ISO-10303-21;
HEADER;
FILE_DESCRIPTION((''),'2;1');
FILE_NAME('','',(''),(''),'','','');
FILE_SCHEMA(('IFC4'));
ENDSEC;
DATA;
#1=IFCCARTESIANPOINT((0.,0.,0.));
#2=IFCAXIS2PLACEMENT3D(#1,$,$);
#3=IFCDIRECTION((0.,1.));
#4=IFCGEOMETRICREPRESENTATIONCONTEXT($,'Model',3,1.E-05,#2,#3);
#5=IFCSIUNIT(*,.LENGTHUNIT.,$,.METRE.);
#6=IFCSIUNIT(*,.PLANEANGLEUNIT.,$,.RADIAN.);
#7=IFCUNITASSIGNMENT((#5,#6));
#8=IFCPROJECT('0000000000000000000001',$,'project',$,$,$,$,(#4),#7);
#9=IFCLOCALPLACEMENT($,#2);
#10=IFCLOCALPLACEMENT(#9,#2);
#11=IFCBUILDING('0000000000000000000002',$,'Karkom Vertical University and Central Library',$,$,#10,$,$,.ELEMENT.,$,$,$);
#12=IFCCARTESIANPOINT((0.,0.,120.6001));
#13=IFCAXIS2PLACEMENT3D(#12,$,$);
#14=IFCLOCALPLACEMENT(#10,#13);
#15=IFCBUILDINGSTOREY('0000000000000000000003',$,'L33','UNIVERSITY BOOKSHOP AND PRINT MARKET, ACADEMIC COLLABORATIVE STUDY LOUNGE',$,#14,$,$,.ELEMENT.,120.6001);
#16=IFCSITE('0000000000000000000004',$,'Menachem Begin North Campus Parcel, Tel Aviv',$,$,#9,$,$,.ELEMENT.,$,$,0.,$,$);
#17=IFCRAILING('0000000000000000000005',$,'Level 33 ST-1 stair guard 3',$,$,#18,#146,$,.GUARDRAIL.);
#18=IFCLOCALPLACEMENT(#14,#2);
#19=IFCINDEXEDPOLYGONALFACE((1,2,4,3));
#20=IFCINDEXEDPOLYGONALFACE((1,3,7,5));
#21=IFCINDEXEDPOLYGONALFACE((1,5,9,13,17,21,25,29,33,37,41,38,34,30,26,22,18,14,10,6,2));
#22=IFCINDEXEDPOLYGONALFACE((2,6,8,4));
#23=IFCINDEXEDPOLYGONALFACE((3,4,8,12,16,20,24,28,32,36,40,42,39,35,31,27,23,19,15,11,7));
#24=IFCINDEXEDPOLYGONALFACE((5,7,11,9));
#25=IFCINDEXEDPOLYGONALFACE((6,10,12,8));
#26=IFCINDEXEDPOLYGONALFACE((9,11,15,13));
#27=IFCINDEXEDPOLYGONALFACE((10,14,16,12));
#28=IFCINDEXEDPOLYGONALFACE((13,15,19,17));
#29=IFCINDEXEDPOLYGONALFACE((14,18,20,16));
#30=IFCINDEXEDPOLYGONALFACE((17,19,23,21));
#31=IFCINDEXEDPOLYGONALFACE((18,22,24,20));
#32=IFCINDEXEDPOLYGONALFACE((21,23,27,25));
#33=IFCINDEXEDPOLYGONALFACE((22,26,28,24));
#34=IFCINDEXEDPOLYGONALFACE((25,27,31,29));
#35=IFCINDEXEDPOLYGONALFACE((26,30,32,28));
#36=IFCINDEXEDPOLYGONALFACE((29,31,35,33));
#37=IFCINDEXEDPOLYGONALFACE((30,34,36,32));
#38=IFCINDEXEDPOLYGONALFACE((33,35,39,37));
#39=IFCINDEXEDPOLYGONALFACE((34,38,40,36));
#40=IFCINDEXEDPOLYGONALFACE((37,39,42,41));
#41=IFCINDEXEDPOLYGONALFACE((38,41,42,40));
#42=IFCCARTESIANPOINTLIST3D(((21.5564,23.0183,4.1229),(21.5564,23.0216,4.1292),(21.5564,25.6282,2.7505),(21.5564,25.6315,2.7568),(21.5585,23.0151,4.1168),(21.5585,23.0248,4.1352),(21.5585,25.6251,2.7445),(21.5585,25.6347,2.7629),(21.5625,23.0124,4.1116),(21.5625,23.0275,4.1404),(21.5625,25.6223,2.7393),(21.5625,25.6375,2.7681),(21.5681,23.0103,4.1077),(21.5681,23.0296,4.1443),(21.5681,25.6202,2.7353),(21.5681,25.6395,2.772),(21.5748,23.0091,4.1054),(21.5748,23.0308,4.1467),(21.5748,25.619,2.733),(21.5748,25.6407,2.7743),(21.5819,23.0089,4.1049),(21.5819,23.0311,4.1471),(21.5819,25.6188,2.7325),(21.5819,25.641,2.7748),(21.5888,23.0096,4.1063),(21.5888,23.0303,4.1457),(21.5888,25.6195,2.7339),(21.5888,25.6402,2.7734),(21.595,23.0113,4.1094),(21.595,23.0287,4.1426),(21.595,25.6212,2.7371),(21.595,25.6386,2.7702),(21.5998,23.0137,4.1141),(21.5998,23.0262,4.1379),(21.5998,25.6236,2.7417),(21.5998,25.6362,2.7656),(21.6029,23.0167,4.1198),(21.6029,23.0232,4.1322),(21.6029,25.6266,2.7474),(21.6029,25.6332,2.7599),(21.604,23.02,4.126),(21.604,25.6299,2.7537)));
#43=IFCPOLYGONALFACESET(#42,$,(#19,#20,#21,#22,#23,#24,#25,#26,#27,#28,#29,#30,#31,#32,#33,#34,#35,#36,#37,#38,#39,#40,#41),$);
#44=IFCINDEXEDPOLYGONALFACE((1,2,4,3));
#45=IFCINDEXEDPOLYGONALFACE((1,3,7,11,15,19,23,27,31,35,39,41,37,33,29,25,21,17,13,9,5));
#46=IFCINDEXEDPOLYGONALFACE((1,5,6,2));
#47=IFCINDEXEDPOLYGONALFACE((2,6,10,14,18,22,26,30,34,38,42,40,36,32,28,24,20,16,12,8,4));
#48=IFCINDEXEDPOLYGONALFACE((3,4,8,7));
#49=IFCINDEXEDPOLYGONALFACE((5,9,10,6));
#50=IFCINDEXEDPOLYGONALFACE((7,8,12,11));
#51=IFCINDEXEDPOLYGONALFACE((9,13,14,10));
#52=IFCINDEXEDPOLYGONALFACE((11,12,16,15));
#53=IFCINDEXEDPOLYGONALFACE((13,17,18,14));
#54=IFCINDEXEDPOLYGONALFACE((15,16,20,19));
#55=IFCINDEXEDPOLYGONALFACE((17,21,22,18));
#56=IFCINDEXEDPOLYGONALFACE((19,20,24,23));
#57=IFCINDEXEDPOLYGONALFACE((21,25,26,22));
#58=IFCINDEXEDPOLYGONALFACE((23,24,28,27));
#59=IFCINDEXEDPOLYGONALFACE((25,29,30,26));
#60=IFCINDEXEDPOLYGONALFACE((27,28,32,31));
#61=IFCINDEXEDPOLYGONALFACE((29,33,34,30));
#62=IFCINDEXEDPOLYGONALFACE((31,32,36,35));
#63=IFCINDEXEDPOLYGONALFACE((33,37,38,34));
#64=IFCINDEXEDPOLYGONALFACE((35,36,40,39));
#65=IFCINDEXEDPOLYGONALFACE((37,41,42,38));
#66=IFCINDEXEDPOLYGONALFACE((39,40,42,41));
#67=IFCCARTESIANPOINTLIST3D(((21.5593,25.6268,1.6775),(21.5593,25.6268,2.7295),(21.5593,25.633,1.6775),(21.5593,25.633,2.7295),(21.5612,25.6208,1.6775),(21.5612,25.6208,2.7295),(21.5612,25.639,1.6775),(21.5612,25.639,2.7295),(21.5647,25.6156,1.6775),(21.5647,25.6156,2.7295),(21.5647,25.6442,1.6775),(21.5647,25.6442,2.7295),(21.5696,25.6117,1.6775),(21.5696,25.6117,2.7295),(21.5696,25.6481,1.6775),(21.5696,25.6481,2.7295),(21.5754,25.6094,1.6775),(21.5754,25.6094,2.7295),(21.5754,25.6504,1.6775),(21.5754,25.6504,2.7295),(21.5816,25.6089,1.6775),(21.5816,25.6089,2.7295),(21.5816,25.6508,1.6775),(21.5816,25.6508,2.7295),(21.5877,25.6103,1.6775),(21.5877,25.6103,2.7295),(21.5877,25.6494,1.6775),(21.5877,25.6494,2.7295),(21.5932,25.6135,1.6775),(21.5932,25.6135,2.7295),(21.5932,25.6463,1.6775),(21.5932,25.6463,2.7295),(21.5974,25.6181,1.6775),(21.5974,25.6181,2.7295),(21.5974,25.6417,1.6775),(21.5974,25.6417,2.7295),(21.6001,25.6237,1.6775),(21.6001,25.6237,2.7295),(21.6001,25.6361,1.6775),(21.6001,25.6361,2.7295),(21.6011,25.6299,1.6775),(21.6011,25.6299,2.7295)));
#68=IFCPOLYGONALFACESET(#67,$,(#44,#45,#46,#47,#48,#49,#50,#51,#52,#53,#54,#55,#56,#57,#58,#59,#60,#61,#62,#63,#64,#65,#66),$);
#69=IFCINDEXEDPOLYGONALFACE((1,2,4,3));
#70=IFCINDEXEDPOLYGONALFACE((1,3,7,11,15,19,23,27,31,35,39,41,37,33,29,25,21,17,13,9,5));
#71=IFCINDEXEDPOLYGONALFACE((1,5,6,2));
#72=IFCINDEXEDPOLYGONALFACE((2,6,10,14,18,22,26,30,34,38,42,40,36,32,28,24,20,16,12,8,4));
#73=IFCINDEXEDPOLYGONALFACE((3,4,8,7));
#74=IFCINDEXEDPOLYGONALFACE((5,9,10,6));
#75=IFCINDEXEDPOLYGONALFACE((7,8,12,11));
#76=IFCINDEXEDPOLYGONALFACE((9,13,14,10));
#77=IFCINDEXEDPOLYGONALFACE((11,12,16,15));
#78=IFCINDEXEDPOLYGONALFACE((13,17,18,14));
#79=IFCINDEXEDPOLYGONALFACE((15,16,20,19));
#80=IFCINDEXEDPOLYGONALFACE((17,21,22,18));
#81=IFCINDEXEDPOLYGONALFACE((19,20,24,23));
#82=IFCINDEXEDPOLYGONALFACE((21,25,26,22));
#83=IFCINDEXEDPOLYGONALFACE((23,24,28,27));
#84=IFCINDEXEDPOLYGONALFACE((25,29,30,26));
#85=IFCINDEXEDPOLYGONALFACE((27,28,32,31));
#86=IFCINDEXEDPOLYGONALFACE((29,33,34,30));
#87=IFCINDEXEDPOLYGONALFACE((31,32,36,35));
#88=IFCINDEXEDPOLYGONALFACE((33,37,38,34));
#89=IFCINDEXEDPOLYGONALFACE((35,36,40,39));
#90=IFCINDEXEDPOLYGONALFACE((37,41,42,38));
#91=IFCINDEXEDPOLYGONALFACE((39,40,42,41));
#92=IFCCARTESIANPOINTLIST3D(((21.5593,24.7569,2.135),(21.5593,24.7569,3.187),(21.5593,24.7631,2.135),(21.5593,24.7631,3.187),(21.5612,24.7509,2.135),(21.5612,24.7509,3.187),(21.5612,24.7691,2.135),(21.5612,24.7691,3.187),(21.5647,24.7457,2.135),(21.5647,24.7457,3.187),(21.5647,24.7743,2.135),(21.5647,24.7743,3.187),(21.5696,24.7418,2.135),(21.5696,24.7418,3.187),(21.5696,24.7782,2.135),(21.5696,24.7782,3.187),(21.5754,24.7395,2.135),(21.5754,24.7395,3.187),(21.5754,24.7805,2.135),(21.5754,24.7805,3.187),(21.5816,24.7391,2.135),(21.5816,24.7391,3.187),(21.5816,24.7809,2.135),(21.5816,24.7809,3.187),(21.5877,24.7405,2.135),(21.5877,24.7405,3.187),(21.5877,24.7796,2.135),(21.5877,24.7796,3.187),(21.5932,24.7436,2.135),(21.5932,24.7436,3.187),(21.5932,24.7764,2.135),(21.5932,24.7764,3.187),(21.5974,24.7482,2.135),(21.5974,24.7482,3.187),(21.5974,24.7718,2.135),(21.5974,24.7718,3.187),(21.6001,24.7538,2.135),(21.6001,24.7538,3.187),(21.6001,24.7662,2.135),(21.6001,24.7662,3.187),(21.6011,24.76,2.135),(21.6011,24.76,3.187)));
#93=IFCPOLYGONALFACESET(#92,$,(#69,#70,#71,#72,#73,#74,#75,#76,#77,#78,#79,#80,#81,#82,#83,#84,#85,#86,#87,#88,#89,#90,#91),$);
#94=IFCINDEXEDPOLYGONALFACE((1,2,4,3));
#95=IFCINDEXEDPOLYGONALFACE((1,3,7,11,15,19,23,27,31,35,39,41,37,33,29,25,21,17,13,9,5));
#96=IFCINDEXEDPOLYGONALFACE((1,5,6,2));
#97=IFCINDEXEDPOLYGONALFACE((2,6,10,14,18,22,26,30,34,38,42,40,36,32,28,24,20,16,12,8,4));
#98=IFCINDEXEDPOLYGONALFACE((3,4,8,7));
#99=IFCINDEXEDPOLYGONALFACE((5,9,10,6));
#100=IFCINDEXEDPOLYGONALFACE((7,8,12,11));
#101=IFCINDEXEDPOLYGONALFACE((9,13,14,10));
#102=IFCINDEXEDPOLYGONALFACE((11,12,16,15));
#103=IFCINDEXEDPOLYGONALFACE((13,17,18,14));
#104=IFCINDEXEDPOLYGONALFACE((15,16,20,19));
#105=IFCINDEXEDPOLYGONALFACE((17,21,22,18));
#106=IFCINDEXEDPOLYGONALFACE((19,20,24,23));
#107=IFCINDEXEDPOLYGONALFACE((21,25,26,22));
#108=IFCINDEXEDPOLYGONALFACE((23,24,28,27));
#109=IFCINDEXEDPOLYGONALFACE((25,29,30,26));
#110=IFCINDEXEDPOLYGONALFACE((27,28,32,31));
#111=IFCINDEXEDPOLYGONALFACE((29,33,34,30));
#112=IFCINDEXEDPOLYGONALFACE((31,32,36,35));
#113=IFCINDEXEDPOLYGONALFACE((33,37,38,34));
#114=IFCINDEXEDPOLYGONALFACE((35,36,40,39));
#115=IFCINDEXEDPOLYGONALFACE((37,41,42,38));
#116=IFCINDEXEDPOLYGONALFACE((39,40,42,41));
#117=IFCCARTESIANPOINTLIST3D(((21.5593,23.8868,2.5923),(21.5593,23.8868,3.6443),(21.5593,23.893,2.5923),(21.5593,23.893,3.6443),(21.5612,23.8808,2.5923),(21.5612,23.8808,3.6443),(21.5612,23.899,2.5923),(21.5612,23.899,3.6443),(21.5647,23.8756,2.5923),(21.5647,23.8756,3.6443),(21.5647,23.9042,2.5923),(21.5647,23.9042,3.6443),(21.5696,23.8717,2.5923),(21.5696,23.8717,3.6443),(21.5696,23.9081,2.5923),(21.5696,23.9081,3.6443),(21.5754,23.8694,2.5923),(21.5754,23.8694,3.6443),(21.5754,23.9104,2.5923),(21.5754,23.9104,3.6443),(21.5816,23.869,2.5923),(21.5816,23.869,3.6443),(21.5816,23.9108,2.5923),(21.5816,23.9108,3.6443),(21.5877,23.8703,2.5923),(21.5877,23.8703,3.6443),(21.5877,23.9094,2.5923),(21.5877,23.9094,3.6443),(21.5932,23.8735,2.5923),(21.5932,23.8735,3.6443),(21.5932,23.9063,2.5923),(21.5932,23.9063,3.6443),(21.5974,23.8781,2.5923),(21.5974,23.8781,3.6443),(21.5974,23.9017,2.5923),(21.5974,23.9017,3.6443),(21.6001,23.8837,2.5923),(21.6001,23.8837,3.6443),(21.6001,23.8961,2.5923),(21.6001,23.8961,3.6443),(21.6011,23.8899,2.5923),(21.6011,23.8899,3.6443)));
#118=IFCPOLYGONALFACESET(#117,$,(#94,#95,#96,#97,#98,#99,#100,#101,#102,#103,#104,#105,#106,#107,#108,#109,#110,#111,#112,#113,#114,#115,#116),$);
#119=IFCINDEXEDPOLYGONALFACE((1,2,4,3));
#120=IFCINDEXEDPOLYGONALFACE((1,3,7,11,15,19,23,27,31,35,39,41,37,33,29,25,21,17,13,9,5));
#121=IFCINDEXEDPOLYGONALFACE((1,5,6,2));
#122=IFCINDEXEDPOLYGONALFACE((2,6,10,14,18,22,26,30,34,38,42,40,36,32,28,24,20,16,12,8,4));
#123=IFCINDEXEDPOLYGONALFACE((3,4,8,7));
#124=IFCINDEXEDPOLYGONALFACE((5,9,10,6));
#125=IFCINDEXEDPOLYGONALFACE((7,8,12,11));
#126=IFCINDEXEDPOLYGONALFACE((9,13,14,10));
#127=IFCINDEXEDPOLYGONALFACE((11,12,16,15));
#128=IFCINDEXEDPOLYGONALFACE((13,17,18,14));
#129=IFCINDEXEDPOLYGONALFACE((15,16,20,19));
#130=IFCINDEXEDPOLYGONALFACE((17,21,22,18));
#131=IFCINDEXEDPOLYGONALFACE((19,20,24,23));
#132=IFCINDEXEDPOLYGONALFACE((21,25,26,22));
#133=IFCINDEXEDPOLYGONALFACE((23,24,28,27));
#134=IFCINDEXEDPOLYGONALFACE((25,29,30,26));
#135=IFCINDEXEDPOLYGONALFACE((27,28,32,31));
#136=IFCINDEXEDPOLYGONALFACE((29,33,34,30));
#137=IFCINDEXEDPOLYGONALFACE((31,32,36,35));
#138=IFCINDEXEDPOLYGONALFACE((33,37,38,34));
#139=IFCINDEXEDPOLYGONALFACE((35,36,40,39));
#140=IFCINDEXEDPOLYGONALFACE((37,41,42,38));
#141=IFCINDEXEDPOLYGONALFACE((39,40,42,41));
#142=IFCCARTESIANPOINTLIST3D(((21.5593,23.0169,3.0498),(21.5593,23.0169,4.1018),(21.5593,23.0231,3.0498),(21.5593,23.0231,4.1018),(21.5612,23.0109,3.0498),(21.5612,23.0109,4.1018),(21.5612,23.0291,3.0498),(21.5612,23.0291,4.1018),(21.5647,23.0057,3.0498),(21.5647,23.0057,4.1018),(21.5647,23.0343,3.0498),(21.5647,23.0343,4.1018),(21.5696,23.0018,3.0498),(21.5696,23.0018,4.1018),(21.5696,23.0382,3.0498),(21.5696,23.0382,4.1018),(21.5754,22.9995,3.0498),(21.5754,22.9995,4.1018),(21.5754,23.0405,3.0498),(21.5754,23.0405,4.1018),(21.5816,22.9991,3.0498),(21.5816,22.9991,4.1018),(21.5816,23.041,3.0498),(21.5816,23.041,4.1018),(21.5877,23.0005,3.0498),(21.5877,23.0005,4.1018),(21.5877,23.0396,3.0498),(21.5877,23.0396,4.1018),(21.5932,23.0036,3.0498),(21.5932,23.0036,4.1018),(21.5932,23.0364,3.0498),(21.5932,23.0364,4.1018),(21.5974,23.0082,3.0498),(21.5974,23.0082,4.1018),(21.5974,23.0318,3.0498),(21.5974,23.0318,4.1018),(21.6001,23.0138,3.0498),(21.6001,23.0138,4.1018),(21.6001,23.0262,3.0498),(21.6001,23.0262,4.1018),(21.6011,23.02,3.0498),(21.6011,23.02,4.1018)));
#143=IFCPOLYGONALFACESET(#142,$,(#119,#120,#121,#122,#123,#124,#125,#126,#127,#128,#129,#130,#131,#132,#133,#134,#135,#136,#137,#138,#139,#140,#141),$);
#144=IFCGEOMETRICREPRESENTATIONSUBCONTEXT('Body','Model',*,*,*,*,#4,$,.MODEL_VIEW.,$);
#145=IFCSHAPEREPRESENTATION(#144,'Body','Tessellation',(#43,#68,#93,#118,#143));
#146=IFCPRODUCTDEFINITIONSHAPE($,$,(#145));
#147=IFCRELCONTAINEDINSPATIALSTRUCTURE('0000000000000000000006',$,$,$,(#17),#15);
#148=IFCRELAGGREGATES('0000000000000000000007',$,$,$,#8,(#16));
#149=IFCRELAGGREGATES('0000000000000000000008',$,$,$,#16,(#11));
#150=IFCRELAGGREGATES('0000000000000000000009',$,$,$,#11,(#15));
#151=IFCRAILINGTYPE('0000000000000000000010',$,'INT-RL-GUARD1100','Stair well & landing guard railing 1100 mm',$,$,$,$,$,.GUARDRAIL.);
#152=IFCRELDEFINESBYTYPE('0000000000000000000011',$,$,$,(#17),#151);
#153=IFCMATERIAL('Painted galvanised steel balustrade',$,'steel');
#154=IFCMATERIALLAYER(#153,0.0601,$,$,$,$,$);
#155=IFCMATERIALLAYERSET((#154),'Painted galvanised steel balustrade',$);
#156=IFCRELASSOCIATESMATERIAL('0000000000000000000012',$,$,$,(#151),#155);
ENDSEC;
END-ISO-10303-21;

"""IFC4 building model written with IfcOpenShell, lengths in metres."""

from ifc_helpers import new_model, si_unit, direction, frame, origin, origin_2d, place, context, subcontext, project, spatial, circle, extrude, material, layer, layer_set, type_object, element, save


model = new_model("IFC4")

# Units and contexts
model_context = context("Model", 3, precision=1e-05, world=origin(), true_north=direction((0.0, 1.0)))
body_context = subcontext(model_context, "Body", "Model", "MODEL_VIEW")
ifc_project = project(units=[si_unit("LENGTHUNIT", "METRE"), si_unit("PLANEANGLEUNIT", "RADIAN")], contexts=[model_context])

# Site, building, storey
site_placement = place(None, origin())
site = spatial("IfcSite", under=ifc_project, at=site_placement, Name="Menachem Begin North Campus Parcel, Tel Aviv", CompositionType="ELEMENT", RefElevation=0.0)
building_placement = place(site_placement, origin())
building = spatial("IfcBuilding", under=site, at=building_placement, Name="Karkom Vertical University and Central Library", CompositionType="ELEMENT")
storey_placement = place(building_placement, frame((0.0, 0.0, 120.6001)))
storey = spatial("IfcBuildingStorey", under=building, at=storey_placement, Name="L33", Description="UNIVERSITY BOOKSHOP AND PRINT MARKET, ACADEMIC COLLABORATIVE STUDY LOUNGE", CompositionType="ELEMENT", Elevation=120.6001)

# Railing
ifc_material_1 = material(Name="Painted galvanised steel balustrade", Category="steel")
ifc_layer_1 = layer(ifc_material_1, 0.0601)
ifc_layer_set_1 = layer_set([ifc_layer_1], Name="Painted galvanised steel balustrade")
railing_type_1 = type_object("IfcRailingType", Name="INT-RL-GUARD1100", Description="Stair well & landing guard railing 1100 mm", PredefinedType="GUARDRAIL", material=ifc_layer_set_1)
railing_1_placement = place(storey_placement, frame((21.5801, 25.6299, 1.6775)))
element("IfcRailing", 1, at=railing_1_placement, inside=storey, type_object=railing_type_1, Name="Level 33 ST-1 stair guard 3", PredefinedType="GUARDRAIL", context=body_context, shape_type="SweptSolid", body=[
    extrude(circle(Radius=0.0239, at=origin_2d()), frame((0.0, 0.0, 1.0762), z_axis=(0.0, -0.8851, 0.465402), x_axis=(1.0, 0.0, 0.0)), (0.0, 0.0, 1.0), 2.9487),
    extrude(circle(Radius=0.021, at=origin_2d()), origin(), (0.0, 0.0, 1.0), 1.052),
    extrude(circle(Radius=0.021, at=origin_2d()), frame((0.0, -0.8699, 0.4575)), (0.0, 0.0, 1.0), 1.052),
    extrude(circle(Radius=0.021, at=origin_2d()), frame((0.0, -1.74, 0.9148)), (0.0, 0.0, 1.0), 1.052),
    extrude(circle(Radius=0.021, at=origin_2d()), frame((0.0, -2.6099, 1.3723)), (0.0, 0.0, 1.0), 1.052),
])

save(model, "model.ifc")
